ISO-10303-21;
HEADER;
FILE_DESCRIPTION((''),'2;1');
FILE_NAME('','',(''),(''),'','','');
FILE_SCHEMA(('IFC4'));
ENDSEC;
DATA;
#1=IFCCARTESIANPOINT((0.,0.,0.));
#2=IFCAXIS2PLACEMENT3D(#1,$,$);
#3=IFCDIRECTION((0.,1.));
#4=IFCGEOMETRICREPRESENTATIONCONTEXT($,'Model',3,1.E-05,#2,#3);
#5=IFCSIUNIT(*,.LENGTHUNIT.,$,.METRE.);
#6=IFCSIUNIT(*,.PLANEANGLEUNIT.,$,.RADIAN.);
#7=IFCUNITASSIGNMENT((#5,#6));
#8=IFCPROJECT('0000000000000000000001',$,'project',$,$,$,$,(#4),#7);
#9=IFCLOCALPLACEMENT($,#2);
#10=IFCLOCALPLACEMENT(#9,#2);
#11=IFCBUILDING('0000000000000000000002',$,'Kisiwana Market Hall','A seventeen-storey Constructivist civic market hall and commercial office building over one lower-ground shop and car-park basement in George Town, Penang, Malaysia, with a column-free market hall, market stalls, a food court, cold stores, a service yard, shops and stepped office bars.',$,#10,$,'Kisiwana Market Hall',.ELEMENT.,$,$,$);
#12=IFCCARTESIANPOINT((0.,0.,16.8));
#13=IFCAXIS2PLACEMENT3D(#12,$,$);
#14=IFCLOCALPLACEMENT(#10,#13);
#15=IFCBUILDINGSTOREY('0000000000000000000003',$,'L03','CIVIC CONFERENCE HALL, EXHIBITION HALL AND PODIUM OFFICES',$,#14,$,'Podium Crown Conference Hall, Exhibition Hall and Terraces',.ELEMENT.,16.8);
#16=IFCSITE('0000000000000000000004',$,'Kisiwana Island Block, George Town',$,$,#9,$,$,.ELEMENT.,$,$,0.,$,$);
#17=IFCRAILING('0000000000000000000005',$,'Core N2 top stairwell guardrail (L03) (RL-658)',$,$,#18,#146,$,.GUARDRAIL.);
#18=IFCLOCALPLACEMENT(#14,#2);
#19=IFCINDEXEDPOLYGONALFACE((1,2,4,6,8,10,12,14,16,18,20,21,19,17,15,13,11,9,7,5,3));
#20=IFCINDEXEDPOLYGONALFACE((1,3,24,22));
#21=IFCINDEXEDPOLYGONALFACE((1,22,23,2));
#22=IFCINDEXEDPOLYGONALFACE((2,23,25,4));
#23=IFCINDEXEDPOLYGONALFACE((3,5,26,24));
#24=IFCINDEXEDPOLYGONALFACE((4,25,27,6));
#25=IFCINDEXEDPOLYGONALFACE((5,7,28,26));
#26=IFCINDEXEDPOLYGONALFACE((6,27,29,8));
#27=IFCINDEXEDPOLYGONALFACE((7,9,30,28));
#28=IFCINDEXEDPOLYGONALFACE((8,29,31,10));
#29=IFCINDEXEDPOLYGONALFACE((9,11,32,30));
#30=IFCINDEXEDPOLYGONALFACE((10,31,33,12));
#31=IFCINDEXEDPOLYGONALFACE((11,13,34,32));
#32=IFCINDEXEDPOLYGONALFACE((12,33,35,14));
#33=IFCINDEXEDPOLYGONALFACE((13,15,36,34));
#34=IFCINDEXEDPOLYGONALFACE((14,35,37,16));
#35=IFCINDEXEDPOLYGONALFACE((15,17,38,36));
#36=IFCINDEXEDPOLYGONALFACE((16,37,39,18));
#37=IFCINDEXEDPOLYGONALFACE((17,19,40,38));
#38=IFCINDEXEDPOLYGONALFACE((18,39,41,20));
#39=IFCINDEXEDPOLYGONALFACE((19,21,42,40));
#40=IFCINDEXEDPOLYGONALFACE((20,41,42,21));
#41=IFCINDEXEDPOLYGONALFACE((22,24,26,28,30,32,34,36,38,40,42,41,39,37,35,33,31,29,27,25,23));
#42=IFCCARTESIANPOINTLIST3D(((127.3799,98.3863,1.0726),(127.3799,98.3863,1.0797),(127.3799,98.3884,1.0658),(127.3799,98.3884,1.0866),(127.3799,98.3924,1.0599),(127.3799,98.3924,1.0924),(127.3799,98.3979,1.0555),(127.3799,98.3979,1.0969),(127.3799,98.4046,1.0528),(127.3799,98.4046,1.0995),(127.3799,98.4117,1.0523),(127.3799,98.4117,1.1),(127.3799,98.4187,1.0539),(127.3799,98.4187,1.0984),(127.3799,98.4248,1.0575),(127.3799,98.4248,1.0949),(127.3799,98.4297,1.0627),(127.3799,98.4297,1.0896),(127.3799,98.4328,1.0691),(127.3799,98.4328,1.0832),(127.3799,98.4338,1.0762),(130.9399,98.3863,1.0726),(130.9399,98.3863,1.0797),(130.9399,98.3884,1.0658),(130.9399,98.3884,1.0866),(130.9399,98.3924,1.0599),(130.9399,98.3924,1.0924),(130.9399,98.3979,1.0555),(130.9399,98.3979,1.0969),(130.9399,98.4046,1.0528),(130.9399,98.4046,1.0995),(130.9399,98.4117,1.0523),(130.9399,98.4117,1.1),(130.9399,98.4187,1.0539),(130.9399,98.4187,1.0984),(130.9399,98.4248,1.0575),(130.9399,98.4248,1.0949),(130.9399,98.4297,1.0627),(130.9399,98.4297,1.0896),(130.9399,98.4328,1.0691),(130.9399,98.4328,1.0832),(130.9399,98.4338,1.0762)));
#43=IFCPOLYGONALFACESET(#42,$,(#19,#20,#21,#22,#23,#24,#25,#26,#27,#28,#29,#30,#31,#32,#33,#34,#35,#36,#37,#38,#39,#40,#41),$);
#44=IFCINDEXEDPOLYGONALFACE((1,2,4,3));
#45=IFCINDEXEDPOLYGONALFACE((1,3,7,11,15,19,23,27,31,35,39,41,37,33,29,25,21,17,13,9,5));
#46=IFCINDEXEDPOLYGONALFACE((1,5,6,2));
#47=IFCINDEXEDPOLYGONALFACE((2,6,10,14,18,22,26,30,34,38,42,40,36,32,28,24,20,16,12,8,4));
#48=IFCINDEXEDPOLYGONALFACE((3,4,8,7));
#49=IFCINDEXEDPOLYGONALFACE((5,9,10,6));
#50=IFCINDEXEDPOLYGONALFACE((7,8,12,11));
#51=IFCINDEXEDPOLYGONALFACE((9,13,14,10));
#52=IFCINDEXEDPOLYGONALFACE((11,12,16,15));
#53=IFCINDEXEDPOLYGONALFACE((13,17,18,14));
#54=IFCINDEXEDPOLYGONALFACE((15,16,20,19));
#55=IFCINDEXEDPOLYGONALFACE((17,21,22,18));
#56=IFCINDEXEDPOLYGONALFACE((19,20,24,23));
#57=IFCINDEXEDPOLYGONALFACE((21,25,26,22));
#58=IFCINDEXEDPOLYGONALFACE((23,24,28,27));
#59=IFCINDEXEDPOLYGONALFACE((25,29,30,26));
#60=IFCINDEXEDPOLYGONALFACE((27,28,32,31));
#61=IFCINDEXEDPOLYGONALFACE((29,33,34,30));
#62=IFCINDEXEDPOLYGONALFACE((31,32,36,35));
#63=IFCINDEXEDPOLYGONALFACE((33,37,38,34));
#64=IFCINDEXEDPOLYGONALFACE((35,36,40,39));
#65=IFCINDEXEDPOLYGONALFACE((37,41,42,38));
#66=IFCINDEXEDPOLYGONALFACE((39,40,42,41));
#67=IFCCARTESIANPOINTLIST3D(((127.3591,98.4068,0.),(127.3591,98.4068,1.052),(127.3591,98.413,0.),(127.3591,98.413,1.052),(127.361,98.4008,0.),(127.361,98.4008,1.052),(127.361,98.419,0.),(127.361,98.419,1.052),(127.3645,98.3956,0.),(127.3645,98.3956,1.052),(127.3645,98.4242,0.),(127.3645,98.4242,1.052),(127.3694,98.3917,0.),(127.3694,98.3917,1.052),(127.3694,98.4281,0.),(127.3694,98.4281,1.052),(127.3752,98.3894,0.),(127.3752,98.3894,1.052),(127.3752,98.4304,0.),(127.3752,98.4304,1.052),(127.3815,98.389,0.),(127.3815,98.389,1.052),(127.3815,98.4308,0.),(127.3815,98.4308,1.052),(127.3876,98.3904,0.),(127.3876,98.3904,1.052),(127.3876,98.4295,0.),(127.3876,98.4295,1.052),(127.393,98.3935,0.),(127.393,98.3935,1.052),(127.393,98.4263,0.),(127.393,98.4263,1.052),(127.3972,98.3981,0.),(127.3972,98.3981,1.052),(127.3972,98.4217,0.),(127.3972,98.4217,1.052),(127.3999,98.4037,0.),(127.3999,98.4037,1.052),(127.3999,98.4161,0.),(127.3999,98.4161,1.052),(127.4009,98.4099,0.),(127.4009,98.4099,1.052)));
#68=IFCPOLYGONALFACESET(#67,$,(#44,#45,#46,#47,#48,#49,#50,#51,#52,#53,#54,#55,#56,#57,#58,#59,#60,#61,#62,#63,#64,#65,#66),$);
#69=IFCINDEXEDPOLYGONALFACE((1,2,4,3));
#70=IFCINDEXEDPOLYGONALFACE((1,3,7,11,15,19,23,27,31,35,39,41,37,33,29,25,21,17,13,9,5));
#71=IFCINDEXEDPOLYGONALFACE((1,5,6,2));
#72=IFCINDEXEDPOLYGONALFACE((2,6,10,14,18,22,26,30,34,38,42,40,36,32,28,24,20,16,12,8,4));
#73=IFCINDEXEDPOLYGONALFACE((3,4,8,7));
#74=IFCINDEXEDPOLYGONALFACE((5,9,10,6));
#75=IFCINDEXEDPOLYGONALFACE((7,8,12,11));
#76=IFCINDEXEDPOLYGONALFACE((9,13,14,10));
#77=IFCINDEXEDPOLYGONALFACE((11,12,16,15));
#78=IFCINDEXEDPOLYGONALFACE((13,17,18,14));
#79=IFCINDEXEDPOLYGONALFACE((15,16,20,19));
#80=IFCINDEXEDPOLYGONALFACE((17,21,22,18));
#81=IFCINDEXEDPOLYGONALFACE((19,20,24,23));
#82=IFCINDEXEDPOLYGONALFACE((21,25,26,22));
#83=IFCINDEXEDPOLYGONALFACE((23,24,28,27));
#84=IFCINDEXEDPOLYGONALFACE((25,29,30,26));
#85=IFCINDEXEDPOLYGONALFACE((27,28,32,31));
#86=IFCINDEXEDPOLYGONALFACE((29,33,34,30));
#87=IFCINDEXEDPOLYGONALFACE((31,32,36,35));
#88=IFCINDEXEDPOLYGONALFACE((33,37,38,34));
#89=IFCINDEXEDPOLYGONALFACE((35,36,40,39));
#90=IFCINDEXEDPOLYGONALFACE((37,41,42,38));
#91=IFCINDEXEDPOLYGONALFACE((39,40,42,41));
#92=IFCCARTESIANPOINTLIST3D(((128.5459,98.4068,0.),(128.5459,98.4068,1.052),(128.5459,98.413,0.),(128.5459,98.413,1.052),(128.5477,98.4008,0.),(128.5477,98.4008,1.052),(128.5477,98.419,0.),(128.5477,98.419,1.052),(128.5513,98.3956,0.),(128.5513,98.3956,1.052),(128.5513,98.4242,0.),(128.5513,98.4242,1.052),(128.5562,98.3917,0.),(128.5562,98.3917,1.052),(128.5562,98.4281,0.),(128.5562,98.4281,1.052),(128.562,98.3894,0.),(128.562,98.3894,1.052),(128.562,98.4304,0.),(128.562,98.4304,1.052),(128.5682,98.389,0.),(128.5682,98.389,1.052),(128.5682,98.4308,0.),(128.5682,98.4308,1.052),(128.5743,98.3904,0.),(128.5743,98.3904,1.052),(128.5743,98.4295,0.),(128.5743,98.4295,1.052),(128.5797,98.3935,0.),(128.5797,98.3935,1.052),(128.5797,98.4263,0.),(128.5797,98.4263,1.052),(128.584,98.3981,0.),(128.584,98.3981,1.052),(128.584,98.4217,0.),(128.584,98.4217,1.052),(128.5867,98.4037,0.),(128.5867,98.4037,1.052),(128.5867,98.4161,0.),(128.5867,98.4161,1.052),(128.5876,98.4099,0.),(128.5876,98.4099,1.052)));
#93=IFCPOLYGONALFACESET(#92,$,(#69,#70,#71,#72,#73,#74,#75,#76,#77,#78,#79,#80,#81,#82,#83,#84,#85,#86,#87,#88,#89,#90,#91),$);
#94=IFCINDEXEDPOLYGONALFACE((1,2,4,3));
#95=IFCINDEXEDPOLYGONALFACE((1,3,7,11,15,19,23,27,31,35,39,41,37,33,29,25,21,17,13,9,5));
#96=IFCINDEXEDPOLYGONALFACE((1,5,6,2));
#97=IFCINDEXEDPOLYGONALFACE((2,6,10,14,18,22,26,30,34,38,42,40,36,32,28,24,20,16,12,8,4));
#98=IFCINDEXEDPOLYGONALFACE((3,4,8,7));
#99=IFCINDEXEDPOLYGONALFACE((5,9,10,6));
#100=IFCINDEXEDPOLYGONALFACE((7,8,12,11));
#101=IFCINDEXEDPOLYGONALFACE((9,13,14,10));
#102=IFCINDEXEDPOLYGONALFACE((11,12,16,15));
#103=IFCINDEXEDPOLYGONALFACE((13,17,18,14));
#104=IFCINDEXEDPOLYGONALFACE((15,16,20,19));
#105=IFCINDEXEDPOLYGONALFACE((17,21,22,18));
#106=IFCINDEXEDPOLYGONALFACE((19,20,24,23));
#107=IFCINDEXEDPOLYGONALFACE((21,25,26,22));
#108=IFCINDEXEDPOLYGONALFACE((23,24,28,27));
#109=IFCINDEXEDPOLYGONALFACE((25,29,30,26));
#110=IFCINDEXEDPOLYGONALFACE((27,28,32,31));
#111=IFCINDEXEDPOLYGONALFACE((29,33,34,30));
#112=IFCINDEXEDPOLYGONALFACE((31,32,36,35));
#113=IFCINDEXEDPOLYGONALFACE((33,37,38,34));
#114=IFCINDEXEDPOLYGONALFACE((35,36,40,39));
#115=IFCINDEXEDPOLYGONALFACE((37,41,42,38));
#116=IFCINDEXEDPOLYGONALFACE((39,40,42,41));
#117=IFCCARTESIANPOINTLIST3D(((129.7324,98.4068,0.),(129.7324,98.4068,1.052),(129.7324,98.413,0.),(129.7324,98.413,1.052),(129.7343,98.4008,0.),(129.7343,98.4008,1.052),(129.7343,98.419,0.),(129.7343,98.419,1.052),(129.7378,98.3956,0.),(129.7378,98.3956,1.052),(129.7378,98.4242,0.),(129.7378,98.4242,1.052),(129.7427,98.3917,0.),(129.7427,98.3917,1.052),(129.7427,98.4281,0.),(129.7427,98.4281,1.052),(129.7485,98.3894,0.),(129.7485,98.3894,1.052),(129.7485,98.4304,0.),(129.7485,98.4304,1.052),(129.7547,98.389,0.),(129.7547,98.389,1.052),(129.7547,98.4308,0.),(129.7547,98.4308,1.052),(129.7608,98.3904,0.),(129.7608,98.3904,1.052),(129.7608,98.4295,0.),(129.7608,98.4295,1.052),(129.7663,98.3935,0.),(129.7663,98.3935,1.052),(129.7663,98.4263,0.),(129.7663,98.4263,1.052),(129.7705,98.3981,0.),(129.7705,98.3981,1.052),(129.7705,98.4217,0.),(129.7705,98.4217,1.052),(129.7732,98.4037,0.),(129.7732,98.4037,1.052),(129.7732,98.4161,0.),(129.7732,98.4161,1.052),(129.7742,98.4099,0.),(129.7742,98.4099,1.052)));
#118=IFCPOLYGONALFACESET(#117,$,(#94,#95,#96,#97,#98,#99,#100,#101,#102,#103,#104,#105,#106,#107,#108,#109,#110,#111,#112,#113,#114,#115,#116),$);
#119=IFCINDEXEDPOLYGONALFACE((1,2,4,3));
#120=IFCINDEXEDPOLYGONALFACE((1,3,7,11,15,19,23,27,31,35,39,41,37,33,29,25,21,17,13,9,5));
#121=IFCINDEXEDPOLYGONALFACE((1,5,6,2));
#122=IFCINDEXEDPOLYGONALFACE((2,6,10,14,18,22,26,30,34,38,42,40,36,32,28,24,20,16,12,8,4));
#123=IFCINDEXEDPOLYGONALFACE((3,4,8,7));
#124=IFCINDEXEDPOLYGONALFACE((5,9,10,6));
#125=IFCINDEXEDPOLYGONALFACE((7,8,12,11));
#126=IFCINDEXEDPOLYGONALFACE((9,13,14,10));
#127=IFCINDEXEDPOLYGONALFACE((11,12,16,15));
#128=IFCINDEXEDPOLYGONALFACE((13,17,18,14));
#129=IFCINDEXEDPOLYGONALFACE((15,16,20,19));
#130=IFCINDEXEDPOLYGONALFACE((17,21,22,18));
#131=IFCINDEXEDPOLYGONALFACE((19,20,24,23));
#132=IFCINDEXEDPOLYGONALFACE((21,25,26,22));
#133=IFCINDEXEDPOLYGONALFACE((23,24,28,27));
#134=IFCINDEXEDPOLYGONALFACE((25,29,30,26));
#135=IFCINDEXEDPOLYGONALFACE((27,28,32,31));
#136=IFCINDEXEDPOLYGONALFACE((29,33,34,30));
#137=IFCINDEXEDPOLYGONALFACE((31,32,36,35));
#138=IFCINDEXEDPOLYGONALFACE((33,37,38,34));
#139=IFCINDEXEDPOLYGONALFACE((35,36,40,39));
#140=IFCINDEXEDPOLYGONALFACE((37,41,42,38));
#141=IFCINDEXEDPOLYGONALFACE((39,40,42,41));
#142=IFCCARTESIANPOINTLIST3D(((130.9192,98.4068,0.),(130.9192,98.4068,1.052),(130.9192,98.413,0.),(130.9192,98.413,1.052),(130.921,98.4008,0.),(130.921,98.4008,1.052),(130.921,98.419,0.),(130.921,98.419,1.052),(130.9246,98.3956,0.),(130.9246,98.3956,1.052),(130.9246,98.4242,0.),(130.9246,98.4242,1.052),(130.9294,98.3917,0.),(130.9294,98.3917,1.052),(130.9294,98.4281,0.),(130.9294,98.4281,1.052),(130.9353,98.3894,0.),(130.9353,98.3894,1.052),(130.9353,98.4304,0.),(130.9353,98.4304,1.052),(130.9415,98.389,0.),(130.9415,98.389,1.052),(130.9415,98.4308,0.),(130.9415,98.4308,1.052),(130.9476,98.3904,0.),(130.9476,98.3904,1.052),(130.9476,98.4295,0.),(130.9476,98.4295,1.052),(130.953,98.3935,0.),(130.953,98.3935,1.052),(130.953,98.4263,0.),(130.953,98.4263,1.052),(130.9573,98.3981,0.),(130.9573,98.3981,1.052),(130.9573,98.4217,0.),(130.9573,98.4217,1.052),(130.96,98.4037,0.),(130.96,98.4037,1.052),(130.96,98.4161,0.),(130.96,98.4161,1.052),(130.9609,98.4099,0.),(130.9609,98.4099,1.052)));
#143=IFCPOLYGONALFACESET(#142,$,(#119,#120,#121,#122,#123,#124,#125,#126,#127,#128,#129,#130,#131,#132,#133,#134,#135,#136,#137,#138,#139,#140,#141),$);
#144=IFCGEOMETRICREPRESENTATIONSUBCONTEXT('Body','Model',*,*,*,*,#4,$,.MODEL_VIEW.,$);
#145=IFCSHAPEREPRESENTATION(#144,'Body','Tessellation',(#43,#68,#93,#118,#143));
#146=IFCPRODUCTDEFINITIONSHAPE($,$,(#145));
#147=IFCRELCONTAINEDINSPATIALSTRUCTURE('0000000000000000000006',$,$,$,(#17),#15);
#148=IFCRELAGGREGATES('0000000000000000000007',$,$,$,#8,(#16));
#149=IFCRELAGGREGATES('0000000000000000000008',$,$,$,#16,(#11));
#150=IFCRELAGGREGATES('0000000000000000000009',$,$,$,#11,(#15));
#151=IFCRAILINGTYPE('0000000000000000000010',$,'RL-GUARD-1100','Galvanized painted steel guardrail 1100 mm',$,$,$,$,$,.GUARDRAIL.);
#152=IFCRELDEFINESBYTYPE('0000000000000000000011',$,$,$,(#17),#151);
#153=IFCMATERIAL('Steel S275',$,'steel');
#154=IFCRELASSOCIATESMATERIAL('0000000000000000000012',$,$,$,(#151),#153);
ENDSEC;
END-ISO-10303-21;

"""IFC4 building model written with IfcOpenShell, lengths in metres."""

from ifc_helpers import new_model, si_unit, direction, frame, origin, origin_2d, place, context, subcontext, project, spatial, circle, extrude, material, type_object, element, save


model = new_model("IFC4")

# Units and contexts
model_context = context("Model", 3, precision=1e-05, world=origin(), true_north=direction((0.0, 1.0)))
body_context = subcontext(model_context, "Body", "Model", "MODEL_VIEW")
ifc_project = project(units=[si_unit("LENGTHUNIT", "METRE"), si_unit("PLANEANGLEUNIT", "RADIAN")], contexts=[model_context])

# Site, building, storey
site_placement = place(None, origin())
site = spatial("IfcSite", under=ifc_project, at=site_placement, Name="Kisiwana Island Block, George Town", CompositionType="ELEMENT", RefElevation=0.0)
building_placement = place(site_placement, origin())
building = spatial("IfcBuilding", under=site, at=building_placement, Name="Kisiwana Market Hall", Description="A seventeen-storey Constructivist civic market hall and commercial office building over one lower-ground shop and car-park basement in George Town, Penang, Malaysia, with a column-free market hall, market stalls, a food court, cold stores, a service yard, shops and stepped office bars.", LongName="Kisiwana Market Hall", CompositionType="ELEMENT")
storey_placement = place(building_placement, frame((0.0, 0.0, 16.8)))
storey = spatial("IfcBuildingStorey", under=building, at=storey_placement, Name="L03", Description="CIVIC CONFERENCE HALL, EXHIBITION HALL AND PODIUM OFFICES", LongName="Podium Crown Conference Hall, Exhibition Hall and Terraces", CompositionType="ELEMENT", Elevation=16.8)

# Railing
ifc_material_1 = material(Name="Steel S275", Category="steel")
railing_type = type_object("IfcRailingType", Name="RL-GUARD-1100", Description="Galvanized painted steel guardrail 1100 mm", PredefinedType="GUARDRAIL", material=ifc_material_1)
railing_placement = place(storey_placement, frame((127.3799, 98.4099, 0.0)))
element("IfcRailing", 1, at=railing_placement, inside=storey, type_object=railing_type, Name="Core N2 top stairwell guardrail (L03) (RL-658)", PredefinedType="GUARDRAIL", context=body_context, shape_type="SweptSolid", body=[
    extrude(circle(Radius=0.0239, at=origin_2d()), frame((0.0, 0.0, 1.0762), z_axis=(1.0, 0.0, 0.0), x_axis=(0.0, 1.0, 0.0)), (0.0, 0.0, 1.0), 3.5601),
    extrude(circle(Radius=0.021, at=origin_2d()), origin(), (0.0, 0.0, 1.0), 1.052),
    extrude(circle(Radius=0.021, at=origin_2d()), frame((1.1868, 0.0, 0.0)), (0.0, 0.0, 1.0), 1.052),
    extrude(circle(Radius=0.021, at=origin_2d()), frame((2.3733, 0.0, 0.0)), (0.0, 0.0, 1.0), 1.052),
    extrude(circle(Radius=0.021, at=origin_2d()), frame((3.5601, 0.0, 0.0)), (0.0, 0.0, 1.0), 1.052),
])

save(model, "model.ifc")
